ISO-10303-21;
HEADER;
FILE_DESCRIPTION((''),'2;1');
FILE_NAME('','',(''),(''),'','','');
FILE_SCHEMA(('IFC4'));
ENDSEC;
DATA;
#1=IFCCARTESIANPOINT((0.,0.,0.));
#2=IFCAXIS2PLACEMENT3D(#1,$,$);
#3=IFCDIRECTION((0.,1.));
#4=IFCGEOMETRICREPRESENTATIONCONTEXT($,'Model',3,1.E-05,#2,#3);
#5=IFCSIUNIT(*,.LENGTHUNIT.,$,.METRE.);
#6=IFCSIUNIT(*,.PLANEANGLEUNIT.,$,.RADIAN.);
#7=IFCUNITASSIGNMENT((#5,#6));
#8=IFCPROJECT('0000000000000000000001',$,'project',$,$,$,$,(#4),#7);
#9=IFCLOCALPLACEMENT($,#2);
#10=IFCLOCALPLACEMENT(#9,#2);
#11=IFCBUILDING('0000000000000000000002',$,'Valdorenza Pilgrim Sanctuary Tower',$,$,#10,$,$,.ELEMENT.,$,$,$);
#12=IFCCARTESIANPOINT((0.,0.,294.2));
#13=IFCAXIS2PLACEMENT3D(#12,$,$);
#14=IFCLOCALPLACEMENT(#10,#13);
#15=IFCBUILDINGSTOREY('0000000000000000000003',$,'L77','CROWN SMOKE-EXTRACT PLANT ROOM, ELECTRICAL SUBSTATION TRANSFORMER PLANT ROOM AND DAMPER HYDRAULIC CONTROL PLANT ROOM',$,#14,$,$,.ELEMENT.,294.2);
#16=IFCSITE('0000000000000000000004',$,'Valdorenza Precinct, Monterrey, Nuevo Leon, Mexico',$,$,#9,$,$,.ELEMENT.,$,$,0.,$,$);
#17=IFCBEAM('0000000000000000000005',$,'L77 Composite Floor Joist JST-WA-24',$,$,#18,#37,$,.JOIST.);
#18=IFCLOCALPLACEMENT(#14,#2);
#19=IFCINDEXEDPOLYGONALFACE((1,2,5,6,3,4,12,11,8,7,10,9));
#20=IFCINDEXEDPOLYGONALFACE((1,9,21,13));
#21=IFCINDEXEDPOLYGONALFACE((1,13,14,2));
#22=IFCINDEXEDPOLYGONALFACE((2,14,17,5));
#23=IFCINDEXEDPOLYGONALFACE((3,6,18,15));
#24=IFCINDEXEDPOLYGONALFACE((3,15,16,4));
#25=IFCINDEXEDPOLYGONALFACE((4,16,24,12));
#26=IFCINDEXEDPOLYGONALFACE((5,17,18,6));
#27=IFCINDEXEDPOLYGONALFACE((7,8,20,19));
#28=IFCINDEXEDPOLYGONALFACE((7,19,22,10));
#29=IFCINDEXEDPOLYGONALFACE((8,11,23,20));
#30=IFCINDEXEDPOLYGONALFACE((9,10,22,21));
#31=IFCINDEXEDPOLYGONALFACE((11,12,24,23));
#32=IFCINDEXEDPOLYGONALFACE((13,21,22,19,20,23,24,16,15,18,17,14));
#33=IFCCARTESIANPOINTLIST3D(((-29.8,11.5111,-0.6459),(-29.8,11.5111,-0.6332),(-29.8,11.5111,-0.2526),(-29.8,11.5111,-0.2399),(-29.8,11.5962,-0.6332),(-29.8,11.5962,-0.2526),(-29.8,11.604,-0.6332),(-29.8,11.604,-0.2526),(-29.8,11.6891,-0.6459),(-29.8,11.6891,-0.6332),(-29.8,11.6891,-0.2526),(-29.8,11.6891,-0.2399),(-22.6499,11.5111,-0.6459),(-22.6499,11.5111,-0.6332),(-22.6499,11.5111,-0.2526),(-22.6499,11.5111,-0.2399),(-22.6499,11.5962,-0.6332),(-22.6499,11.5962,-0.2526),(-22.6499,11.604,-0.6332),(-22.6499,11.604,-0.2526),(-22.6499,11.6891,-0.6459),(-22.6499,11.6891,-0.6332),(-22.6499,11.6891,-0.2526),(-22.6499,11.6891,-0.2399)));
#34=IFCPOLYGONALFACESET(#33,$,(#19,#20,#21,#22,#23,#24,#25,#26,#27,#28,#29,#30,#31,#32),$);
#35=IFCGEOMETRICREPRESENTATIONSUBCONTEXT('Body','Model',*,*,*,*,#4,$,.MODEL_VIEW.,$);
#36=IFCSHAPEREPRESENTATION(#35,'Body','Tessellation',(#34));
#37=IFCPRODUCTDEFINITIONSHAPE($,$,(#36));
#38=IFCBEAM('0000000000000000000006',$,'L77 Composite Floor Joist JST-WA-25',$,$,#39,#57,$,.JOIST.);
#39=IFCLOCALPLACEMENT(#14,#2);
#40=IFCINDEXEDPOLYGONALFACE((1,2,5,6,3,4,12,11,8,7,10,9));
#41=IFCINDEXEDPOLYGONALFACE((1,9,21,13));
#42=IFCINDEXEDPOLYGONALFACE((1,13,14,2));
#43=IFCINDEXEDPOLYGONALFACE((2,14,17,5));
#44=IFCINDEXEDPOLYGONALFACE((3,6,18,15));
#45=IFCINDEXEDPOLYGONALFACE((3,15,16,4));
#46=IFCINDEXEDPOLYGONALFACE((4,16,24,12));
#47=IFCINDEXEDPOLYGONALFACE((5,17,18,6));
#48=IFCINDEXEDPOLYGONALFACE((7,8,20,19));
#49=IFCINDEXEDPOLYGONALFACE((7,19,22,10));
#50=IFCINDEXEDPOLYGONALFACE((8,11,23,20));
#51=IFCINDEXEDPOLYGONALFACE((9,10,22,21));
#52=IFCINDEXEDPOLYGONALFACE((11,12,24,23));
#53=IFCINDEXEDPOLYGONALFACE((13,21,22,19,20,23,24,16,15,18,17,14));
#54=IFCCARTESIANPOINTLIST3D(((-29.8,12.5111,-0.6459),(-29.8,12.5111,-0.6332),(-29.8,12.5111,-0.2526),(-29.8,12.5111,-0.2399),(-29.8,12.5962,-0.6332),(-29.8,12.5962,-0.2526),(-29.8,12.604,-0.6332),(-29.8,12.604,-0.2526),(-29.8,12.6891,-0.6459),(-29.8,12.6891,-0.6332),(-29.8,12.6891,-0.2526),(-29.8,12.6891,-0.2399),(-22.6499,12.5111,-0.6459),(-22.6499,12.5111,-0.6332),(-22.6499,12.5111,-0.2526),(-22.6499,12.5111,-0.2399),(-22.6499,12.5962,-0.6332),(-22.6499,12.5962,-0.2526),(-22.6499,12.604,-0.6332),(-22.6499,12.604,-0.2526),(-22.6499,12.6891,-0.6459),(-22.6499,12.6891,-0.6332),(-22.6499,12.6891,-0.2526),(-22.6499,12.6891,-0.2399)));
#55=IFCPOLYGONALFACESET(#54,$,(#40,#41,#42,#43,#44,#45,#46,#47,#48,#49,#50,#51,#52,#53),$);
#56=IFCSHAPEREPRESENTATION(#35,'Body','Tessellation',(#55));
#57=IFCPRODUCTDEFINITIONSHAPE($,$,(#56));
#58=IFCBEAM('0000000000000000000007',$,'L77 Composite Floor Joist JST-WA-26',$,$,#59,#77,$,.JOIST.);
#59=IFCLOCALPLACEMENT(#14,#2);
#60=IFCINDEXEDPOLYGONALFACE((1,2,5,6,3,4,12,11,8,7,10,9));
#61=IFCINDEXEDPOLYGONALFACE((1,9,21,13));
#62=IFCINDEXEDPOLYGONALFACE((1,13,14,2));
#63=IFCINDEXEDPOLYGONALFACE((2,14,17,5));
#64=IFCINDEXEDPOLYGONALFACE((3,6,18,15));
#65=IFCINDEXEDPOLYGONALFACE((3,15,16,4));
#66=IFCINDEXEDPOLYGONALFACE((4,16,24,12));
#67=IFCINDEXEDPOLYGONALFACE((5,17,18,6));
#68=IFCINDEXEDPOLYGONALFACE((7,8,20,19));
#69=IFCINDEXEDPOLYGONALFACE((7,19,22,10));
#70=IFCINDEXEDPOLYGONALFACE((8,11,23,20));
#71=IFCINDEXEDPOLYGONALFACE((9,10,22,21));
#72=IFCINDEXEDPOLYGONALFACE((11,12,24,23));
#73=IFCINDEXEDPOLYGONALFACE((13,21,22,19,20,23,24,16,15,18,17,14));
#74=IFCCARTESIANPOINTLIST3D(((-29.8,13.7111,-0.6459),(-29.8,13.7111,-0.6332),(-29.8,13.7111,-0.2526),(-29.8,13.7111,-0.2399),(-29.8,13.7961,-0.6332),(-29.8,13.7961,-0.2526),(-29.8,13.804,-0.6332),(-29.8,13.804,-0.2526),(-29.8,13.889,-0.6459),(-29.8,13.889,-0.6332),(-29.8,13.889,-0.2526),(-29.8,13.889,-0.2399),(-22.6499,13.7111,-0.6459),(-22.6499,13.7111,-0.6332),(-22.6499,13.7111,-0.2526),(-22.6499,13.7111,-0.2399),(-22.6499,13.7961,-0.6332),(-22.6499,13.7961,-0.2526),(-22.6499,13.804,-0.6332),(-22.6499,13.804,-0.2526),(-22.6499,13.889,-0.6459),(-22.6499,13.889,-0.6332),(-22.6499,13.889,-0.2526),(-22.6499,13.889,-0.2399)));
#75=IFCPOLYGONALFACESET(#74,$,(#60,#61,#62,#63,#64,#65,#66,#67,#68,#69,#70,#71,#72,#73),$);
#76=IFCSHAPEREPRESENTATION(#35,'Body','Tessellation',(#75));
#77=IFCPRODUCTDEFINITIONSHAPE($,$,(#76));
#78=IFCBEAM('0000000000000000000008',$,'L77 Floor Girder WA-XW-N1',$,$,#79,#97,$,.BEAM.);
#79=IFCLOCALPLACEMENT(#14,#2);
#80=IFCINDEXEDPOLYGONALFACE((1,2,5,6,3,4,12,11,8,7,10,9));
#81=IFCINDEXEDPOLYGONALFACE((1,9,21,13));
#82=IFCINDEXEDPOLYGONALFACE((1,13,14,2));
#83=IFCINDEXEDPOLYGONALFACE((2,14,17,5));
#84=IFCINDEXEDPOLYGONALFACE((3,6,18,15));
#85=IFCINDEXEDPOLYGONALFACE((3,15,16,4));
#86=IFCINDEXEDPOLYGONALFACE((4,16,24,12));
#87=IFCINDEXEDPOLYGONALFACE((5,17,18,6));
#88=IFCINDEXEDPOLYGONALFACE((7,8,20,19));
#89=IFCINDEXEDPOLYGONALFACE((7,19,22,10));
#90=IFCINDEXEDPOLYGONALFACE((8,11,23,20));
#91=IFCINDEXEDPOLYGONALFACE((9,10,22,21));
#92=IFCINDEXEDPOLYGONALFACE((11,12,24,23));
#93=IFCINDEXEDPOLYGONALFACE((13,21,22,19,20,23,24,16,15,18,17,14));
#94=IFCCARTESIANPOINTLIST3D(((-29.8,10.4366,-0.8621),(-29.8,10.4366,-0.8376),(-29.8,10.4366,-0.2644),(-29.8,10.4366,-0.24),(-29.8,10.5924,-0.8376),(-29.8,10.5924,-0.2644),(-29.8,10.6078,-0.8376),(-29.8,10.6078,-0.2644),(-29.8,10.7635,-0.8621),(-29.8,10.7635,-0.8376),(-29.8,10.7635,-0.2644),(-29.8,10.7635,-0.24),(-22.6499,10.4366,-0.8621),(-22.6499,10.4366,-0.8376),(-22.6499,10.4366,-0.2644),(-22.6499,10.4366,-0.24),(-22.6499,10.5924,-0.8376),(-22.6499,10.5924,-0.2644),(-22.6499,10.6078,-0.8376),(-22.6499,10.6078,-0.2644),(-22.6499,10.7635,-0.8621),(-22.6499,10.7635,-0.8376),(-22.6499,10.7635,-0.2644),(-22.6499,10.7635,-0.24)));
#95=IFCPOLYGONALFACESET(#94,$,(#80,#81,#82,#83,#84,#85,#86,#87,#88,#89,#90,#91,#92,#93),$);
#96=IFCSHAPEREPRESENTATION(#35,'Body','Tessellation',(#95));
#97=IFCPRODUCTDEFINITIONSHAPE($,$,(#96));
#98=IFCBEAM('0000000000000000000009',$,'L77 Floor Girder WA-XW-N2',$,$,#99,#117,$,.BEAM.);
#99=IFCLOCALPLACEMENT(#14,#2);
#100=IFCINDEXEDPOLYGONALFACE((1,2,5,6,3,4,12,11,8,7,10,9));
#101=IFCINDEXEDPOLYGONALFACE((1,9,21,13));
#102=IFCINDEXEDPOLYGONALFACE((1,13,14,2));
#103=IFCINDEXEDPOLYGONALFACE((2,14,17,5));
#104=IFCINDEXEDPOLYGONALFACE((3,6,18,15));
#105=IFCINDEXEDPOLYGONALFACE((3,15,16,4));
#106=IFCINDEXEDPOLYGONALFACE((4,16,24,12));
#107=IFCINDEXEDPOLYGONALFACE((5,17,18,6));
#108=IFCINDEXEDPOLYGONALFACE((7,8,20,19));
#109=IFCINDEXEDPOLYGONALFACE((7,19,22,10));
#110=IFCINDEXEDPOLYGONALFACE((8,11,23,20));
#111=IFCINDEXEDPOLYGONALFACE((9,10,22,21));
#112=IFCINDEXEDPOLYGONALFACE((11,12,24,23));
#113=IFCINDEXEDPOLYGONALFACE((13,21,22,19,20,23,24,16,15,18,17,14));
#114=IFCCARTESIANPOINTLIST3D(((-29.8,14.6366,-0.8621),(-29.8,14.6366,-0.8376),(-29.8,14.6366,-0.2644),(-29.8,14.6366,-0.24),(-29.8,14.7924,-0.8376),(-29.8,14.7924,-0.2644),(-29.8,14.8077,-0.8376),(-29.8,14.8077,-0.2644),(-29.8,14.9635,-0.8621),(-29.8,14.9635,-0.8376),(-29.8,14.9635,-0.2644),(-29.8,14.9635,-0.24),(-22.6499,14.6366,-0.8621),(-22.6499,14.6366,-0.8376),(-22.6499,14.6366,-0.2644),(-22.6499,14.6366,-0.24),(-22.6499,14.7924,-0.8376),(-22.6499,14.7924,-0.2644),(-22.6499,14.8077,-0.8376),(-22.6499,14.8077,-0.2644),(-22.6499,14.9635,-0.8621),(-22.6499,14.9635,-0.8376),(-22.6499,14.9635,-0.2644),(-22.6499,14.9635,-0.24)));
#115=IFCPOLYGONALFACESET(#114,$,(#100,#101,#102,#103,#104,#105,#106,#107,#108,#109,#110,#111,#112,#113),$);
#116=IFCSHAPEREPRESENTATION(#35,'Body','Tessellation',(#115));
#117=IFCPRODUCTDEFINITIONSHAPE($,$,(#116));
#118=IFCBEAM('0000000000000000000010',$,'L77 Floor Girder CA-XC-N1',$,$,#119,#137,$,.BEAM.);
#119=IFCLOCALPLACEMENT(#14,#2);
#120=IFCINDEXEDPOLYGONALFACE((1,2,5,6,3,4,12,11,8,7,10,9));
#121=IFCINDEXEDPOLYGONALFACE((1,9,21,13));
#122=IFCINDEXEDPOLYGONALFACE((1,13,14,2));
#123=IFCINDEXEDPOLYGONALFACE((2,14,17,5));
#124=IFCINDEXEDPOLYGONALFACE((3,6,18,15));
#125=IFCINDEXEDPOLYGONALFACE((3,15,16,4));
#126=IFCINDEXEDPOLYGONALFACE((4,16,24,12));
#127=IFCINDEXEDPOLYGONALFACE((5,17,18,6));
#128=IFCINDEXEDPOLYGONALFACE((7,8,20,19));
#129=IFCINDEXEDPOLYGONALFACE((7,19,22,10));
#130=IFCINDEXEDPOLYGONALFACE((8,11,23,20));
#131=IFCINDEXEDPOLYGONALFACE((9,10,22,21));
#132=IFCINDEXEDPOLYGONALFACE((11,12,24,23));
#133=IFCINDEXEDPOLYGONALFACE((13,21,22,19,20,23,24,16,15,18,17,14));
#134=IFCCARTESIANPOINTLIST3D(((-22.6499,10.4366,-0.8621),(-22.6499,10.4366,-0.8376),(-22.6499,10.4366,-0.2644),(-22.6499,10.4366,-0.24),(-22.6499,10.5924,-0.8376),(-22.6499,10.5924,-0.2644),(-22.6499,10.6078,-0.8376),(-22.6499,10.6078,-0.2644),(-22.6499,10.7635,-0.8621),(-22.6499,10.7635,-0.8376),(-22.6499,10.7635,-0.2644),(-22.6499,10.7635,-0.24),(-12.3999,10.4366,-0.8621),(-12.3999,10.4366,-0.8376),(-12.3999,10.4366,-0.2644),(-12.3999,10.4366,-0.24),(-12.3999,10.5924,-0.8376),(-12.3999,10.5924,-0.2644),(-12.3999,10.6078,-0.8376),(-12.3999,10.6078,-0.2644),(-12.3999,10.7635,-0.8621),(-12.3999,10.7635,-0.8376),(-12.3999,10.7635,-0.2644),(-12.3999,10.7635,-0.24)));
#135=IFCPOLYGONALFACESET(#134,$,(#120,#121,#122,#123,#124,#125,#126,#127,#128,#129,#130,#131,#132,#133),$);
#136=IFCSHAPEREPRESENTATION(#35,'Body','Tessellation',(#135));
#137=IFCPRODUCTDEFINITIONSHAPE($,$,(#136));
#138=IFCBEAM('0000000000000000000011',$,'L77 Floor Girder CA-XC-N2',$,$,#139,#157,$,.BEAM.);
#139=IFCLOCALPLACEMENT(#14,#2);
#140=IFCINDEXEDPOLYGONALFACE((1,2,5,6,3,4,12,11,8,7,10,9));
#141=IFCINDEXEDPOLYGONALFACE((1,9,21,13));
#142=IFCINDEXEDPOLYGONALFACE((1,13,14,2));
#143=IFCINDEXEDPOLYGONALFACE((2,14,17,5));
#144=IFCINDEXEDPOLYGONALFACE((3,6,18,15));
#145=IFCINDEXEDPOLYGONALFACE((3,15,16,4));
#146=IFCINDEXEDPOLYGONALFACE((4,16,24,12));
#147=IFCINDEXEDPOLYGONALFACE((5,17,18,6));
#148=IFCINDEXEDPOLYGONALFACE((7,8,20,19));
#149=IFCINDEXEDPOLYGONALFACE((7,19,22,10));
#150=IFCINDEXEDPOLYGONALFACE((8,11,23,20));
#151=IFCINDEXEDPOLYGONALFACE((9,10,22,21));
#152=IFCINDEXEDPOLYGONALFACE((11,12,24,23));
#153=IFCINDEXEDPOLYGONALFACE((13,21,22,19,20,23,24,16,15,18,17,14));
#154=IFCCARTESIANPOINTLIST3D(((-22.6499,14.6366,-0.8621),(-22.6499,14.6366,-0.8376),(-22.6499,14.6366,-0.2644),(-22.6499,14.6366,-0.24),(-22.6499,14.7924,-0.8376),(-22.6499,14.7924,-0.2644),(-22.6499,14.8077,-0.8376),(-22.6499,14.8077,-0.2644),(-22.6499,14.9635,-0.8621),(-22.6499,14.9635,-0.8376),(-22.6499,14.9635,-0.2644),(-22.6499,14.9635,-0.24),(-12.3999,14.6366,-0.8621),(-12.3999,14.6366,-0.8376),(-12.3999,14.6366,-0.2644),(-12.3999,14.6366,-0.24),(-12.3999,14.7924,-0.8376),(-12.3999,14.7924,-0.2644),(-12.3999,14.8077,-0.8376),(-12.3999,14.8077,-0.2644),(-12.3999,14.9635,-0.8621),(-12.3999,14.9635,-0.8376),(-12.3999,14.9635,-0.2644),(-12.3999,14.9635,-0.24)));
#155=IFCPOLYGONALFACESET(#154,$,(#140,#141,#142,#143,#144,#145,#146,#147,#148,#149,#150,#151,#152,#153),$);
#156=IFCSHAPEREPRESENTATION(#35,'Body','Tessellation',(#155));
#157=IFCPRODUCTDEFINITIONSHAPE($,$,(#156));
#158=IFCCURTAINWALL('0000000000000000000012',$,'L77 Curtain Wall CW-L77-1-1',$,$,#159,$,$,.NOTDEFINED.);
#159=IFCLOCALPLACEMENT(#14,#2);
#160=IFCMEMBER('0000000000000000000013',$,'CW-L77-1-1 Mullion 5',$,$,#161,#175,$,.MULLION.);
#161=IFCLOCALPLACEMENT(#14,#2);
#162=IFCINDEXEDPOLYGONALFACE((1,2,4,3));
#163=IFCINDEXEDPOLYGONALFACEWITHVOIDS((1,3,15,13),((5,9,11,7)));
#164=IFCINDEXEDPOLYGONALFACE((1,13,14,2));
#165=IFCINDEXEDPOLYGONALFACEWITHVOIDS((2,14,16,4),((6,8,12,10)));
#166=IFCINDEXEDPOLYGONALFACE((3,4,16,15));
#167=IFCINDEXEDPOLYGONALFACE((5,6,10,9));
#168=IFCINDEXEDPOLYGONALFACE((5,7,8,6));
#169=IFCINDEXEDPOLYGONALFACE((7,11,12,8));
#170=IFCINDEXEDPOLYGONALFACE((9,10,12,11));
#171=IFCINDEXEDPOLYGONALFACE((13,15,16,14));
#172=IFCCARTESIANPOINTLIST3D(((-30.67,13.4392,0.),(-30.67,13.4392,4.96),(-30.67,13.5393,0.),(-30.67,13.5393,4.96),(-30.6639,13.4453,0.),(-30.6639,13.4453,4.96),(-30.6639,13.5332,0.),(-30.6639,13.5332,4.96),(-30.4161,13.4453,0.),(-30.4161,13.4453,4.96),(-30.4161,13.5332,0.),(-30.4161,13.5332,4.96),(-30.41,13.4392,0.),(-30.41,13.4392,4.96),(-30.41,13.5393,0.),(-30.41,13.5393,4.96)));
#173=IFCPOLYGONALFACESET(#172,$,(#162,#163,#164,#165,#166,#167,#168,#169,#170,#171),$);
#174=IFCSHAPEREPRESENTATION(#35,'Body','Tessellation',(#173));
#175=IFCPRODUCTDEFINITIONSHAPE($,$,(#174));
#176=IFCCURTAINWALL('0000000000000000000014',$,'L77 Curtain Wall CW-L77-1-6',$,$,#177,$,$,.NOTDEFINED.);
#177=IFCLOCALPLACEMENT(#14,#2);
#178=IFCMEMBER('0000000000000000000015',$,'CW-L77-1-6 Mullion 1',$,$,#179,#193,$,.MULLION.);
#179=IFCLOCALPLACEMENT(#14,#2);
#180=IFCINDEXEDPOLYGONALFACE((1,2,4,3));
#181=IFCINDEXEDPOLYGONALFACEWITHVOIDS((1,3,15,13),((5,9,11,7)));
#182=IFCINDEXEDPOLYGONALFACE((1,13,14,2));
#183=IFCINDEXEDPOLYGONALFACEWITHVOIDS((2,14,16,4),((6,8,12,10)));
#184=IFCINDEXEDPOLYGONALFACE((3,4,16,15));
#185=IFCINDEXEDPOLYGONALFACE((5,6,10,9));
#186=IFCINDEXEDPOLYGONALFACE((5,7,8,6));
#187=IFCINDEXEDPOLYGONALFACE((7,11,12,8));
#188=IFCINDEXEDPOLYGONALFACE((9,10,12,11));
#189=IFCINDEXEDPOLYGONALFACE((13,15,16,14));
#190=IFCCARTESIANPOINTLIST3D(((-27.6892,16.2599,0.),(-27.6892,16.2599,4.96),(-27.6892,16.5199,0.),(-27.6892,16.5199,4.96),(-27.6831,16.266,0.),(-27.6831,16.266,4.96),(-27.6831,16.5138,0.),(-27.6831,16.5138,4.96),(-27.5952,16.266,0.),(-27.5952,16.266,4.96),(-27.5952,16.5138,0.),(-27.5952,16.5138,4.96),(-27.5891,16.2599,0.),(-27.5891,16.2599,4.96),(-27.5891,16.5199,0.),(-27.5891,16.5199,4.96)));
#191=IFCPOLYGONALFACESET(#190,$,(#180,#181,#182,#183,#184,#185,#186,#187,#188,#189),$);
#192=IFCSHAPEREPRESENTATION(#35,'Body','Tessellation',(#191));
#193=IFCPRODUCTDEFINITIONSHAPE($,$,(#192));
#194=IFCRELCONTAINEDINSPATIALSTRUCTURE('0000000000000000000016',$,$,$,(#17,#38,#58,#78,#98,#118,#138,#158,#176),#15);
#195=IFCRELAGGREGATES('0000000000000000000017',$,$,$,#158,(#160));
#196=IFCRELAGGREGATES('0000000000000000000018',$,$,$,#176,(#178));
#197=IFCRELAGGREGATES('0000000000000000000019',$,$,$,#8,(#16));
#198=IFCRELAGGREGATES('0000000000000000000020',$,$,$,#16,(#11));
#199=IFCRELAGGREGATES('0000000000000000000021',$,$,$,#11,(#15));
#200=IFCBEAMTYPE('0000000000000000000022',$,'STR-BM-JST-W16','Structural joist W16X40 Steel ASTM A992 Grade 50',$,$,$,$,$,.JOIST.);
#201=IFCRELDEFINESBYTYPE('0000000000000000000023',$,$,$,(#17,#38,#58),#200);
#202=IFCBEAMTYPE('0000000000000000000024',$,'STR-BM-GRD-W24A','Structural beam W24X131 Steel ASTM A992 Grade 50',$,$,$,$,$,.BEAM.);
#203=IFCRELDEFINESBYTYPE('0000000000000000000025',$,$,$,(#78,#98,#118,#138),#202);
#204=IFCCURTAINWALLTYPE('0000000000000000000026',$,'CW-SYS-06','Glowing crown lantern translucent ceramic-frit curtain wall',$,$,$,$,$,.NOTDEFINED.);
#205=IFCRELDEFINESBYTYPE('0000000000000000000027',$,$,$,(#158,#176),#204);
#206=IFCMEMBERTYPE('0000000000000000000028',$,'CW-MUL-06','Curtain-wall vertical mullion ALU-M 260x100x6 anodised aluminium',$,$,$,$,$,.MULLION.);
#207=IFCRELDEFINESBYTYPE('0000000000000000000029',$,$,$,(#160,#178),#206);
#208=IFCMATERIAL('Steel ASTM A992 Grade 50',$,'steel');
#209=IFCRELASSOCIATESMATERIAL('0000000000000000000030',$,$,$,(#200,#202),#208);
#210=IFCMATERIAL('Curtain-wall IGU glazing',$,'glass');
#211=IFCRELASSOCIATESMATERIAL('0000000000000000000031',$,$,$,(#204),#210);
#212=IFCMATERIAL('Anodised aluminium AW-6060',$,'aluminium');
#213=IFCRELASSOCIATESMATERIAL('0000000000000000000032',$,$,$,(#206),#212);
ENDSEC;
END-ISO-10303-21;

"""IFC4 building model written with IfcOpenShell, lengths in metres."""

from ifc_helpers import new_model, si_unit, direction, frame, origin, origin_2d, place, context, subcontext, project, spatial, hollow_rectangle, i_section, extrude, source, transform, mapped, material, material_profile, profile_set, type_object, element, aggregate, save


model = new_model("IFC4")

# Units and contexts
model_context = context("Model", 3, precision=1e-05, world=origin(), true_north=direction((0.0, 1.0)))
body_context = subcontext(model_context, "Body", "Model", "MODEL_VIEW")
ifc_project = project(units=[si_unit("LENGTHUNIT", "METRE"), si_unit("PLANEANGLEUNIT", "RADIAN")], contexts=[model_context])

# Site, building, storey
site_placement = place(None, origin())
site = spatial("IfcSite", under=ifc_project, at=site_placement, Name="Valdorenza Precinct, Monterrey, Nuevo Leon, Mexico", CompositionType="ELEMENT", RefElevation=0.0)
building_placement = place(site_placement, origin())
building = spatial("IfcBuilding", under=site, at=building_placement, Name="Valdorenza Pilgrim Sanctuary Tower", CompositionType="ELEMENT")
storey_placement = place(building_placement, frame((0.0, 0.0, 294.2)))
storey = spatial("IfcBuildingStorey", under=building, at=storey_placement, Name="L77", Description="CROWN SMOKE-EXTRACT PLANT ROOM, ELECTRICAL SUBSTATION TRANSFORMER PLANT ROOM AND DAMPER HYDRAULIC CONTROL PLANT ROOM", CompositionType="ELEMENT", Elevation=294.2)

# Beams
ifc_material_1 = material(Name="Steel ASTM A992 Grade 50", Category="steel")
ifc_material_profile_1 = material_profile(ifc_material_1, i_section(OverallWidth=0.178, OverallDepth=0.406, WebThickness=0.0078, FlangeThickness=0.0127, at=origin_2d()), Name="W16X40")
ifc_profile_set_1 = profile_set([ifc_material_profile_1], Name="Steel ASTM A992 Grade 50")
beam_type_1 = type_object("IfcBeamType", Name="STR-BM-JST-W16", Description="Structural joist W16X40 Steel ASTM A992 Grade 50", PredefinedType="JOIST", material=ifc_profile_set_1)
shared_shape_1 = source(origin(), body_context, "Body", "SweptSolid", [
    extrude(i_section(OverallWidth=0.178, OverallDepth=0.406, WebThickness=0.0078, FlangeThickness=0.0127, at=origin_2d()), origin(), (0.0, 0.0, 1.0), 7.1501),
])
for number, where, z_axis, x_axis, name in (
    (1, (-29.8, 11.6001, -0.4429), (1.0, 0.0, 0.0), (0.0, 1.0, 0.0), "L77 Composite Floor Joist JST-WA-24"),
    (2, (-29.8, 12.6001, -0.4429), (1.0, 0.0, 0.0), (0.0, 1.0, 0.0), "L77 Composite Floor Joist JST-WA-25"),
    (3, (-29.8, 13.8, -0.4429), (1.0, 0.0, 0.0), (0.0, 1.0, 0.0), "L77 Composite Floor Joist JST-WA-26"),
):
    element("IfcBeam", number, at=place(storey_placement, frame(where, z_axis=z_axis, x_axis=x_axis)), inside=storey, type_object=beam_type_1, Name=name, PredefinedType="JOIST", context=body_context, shape_type="MappedRepresentation", body=[
        mapped(shared_shape_1, transform((0.0, 0.0, 0.0), x_axis=(1.0, 0.0, 0.0), y_axis=(0.0, 1.0, 0.0), z_axis=(0.0, 0.0, 1.0), scale=1.0)),
    ])
ifc_material_profile_2 = material_profile(ifc_material_1, i_section(OverallWidth=0.3269, OverallDepth=0.6221, WebThickness=0.0154, FlangeThickness=0.0244, at=origin_2d()), Name="W24X131")
ifc_profile_set_2 = profile_set([ifc_material_profile_2], Name="Steel ASTM A992 Grade 50")
beam_type_2 = type_object("IfcBeamType", Name="STR-BM-GRD-W24A", Description="Structural beam W24X131 Steel ASTM A992 Grade 50", PredefinedType="BEAM", material=ifc_profile_set_2)
shared_shape_2 = source(origin(), body_context, "Body", "SweptSolid", [
    extrude(i_section(OverallWidth=0.3269, OverallDepth=0.6221, WebThickness=0.0154, FlangeThickness=0.0244, at=origin_2d()), origin(), (0.0, 0.0, 1.0), 7.1501),
])
for number, where, z_axis, x_axis, name in (
    (4, (-29.8, 10.6001, -0.551), (1.0, 0.0, 0.0), (0.0, 1.0, 0.0), "L77 Floor Girder WA-XW-N1"),
    (5, (-29.8, 14.8, -0.551), (1.0, 0.0, 0.0), (0.0, 1.0, 0.0), "L77 Floor Girder WA-XW-N2"),
):
    element("IfcBeam", number, at=place(storey_placement, frame(where, z_axis=z_axis, x_axis=x_axis)), inside=storey, type_object=beam_type_2, Name=name, PredefinedType="BEAM", context=body_context, shape_type="MappedRepresentation", body=[
        mapped(shared_shape_2, transform((0.0, 0.0, 0.0), x_axis=(1.0, 0.0, 0.0), y_axis=(0.0, 1.0, 0.0), z_axis=(0.0, 0.0, 1.0), scale=1.0)),
    ])
shared_shape_3 = source(origin(), body_context, "Body", "SweptSolid", [
    extrude(i_section(OverallWidth=0.3269, OverallDepth=0.6221, WebThickness=0.0154, FlangeThickness=0.0244, at=origin_2d()), origin(), (0.0, 0.0, 1.0), 10.25),
])
for number, where, z_axis, x_axis, name in (
    (6, (-22.6499, 10.6001, -0.551), (1.0, 0.0, 0.0), (0.0, 1.0, 0.0), "L77 Floor Girder CA-XC-N1"),
    (7, (-22.6499, 14.8, -0.551), (1.0, 0.0, 0.0), (0.0, 1.0, 0.0), "L77 Floor Girder CA-XC-N2"),
):
    element("IfcBeam", number, at=place(storey_placement, frame(where, z_axis=z_axis, x_axis=x_axis)), inside=storey, type_object=beam_type_2, Name=name, PredefinedType="BEAM", context=body_context, shape_type="MappedRepresentation", body=[
        mapped(shared_shape_3, transform((0.0, 0.0, 0.0), x_axis=(1.0, 0.0, 0.0), y_axis=(0.0, 1.0, 0.0), z_axis=(0.0, 0.0, 1.0), scale=1.0)),
    ])

# Curtain wall, member
ifc_material_2 = material(Name="Curtain-wall IGU glazing", Category="glass")
curtain_wall_type = type_object("IfcCurtainWallType", Name="CW-SYS-06", Description="Glowing crown lantern translucent ceramic-frit curtain wall", PredefinedType="NOTDEFINED", material=ifc_material_2)
curtain_wall_1_placement = place(storey_placement, origin())
curtain_wall_1 = element("IfcCurtainWall", 8, at=curtain_wall_1_placement, inside=storey, type_object=curtain_wall_type, Name="L77 Curtain Wall CW-L77-1-1", PredefinedType="NOTDEFINED")
ifc_material_3 = material(Name="Anodised aluminium AW-6060", Category="aluminium")
ifc_material_profile_3 = material_profile(ifc_material_3, hollow_rectangle(XDim=0.1001, YDim=0.26, WallThickness=0.0061, at=origin_2d()), Name="ALU-M 260x100x6")
ifc_profile_set_3 = profile_set([ifc_material_profile_3], Name="Anodised aluminium AW-6060")
member_type_1 = type_object("IfcMemberType", Name="CW-MUL-06", Description="Curtain-wall vertical mullion ALU-M 260x100x6 anodised aluminium", PredefinedType="MULLION", material=ifc_profile_set_3)
shared_shape_4 = source(origin(), body_context, "Body", "SweptSolid", [
    extrude(hollow_rectangle(XDim=0.1001, YDim=0.26, WallThickness=0.0061, at=origin_2d()), origin(), (0.0, 0.0, 1.0), 4.96),
])
member_1_placement = place(storey_placement, frame((-30.54, 13.4893, 0.0), z_axis=(0.0, 0.0, 1.0), x_axis=(0.0, 1.0, 0.0)))
member_1 = element("IfcMember", 9, at=member_1_placement, type_object=member_type_1, Name="CW-L77-1-1 Mullion 5", PredefinedType="MULLION", context=body_context, shape_type="MappedRepresentation", body=[
    mapped(shared_shape_4, transform((0.0, 0.0, 0.0), x_axis=(1.0, 0.0, 0.0), y_axis=(0.0, 1.0, 0.0), z_axis=(0.0, 0.0, 1.0), scale=1.0)),
])

# Curtain wall, member
curtain_wall_2_placement = place(storey_placement, origin())
curtain_wall_2 = element("IfcCurtainWall", 10, at=curtain_wall_2_placement, inside=storey, type_object=curtain_wall_type, Name="L77 Curtain Wall CW-L77-1-6", PredefinedType="NOTDEFINED")
member_2_placement = place(storey_placement, frame((-27.6392, 16.3899, 0.0), z_axis=(0.0, 0.0, 1.0), x_axis=(1.0, 0.0, 0.0)))
member_2 = element("IfcMember", 11, at=member_2_placement, type_object=member_type_1, Name="CW-L77-1-6 Mullion 1", PredefinedType="MULLION", context=body_context, shape_type="MappedRepresentation", body=[
    mapped(shared_shape_4, transform((0.0, 0.0, 0.0), x_axis=(1.0, 0.0, 0.0), y_axis=(0.0, 1.0, 0.0), z_axis=(0.0, 0.0, 1.0), scale=1.0)),
])

aggregate(curtain_wall_1, [member_1])
aggregate(curtain_wall_2, [member_2])

save(model, "model.ifc")
